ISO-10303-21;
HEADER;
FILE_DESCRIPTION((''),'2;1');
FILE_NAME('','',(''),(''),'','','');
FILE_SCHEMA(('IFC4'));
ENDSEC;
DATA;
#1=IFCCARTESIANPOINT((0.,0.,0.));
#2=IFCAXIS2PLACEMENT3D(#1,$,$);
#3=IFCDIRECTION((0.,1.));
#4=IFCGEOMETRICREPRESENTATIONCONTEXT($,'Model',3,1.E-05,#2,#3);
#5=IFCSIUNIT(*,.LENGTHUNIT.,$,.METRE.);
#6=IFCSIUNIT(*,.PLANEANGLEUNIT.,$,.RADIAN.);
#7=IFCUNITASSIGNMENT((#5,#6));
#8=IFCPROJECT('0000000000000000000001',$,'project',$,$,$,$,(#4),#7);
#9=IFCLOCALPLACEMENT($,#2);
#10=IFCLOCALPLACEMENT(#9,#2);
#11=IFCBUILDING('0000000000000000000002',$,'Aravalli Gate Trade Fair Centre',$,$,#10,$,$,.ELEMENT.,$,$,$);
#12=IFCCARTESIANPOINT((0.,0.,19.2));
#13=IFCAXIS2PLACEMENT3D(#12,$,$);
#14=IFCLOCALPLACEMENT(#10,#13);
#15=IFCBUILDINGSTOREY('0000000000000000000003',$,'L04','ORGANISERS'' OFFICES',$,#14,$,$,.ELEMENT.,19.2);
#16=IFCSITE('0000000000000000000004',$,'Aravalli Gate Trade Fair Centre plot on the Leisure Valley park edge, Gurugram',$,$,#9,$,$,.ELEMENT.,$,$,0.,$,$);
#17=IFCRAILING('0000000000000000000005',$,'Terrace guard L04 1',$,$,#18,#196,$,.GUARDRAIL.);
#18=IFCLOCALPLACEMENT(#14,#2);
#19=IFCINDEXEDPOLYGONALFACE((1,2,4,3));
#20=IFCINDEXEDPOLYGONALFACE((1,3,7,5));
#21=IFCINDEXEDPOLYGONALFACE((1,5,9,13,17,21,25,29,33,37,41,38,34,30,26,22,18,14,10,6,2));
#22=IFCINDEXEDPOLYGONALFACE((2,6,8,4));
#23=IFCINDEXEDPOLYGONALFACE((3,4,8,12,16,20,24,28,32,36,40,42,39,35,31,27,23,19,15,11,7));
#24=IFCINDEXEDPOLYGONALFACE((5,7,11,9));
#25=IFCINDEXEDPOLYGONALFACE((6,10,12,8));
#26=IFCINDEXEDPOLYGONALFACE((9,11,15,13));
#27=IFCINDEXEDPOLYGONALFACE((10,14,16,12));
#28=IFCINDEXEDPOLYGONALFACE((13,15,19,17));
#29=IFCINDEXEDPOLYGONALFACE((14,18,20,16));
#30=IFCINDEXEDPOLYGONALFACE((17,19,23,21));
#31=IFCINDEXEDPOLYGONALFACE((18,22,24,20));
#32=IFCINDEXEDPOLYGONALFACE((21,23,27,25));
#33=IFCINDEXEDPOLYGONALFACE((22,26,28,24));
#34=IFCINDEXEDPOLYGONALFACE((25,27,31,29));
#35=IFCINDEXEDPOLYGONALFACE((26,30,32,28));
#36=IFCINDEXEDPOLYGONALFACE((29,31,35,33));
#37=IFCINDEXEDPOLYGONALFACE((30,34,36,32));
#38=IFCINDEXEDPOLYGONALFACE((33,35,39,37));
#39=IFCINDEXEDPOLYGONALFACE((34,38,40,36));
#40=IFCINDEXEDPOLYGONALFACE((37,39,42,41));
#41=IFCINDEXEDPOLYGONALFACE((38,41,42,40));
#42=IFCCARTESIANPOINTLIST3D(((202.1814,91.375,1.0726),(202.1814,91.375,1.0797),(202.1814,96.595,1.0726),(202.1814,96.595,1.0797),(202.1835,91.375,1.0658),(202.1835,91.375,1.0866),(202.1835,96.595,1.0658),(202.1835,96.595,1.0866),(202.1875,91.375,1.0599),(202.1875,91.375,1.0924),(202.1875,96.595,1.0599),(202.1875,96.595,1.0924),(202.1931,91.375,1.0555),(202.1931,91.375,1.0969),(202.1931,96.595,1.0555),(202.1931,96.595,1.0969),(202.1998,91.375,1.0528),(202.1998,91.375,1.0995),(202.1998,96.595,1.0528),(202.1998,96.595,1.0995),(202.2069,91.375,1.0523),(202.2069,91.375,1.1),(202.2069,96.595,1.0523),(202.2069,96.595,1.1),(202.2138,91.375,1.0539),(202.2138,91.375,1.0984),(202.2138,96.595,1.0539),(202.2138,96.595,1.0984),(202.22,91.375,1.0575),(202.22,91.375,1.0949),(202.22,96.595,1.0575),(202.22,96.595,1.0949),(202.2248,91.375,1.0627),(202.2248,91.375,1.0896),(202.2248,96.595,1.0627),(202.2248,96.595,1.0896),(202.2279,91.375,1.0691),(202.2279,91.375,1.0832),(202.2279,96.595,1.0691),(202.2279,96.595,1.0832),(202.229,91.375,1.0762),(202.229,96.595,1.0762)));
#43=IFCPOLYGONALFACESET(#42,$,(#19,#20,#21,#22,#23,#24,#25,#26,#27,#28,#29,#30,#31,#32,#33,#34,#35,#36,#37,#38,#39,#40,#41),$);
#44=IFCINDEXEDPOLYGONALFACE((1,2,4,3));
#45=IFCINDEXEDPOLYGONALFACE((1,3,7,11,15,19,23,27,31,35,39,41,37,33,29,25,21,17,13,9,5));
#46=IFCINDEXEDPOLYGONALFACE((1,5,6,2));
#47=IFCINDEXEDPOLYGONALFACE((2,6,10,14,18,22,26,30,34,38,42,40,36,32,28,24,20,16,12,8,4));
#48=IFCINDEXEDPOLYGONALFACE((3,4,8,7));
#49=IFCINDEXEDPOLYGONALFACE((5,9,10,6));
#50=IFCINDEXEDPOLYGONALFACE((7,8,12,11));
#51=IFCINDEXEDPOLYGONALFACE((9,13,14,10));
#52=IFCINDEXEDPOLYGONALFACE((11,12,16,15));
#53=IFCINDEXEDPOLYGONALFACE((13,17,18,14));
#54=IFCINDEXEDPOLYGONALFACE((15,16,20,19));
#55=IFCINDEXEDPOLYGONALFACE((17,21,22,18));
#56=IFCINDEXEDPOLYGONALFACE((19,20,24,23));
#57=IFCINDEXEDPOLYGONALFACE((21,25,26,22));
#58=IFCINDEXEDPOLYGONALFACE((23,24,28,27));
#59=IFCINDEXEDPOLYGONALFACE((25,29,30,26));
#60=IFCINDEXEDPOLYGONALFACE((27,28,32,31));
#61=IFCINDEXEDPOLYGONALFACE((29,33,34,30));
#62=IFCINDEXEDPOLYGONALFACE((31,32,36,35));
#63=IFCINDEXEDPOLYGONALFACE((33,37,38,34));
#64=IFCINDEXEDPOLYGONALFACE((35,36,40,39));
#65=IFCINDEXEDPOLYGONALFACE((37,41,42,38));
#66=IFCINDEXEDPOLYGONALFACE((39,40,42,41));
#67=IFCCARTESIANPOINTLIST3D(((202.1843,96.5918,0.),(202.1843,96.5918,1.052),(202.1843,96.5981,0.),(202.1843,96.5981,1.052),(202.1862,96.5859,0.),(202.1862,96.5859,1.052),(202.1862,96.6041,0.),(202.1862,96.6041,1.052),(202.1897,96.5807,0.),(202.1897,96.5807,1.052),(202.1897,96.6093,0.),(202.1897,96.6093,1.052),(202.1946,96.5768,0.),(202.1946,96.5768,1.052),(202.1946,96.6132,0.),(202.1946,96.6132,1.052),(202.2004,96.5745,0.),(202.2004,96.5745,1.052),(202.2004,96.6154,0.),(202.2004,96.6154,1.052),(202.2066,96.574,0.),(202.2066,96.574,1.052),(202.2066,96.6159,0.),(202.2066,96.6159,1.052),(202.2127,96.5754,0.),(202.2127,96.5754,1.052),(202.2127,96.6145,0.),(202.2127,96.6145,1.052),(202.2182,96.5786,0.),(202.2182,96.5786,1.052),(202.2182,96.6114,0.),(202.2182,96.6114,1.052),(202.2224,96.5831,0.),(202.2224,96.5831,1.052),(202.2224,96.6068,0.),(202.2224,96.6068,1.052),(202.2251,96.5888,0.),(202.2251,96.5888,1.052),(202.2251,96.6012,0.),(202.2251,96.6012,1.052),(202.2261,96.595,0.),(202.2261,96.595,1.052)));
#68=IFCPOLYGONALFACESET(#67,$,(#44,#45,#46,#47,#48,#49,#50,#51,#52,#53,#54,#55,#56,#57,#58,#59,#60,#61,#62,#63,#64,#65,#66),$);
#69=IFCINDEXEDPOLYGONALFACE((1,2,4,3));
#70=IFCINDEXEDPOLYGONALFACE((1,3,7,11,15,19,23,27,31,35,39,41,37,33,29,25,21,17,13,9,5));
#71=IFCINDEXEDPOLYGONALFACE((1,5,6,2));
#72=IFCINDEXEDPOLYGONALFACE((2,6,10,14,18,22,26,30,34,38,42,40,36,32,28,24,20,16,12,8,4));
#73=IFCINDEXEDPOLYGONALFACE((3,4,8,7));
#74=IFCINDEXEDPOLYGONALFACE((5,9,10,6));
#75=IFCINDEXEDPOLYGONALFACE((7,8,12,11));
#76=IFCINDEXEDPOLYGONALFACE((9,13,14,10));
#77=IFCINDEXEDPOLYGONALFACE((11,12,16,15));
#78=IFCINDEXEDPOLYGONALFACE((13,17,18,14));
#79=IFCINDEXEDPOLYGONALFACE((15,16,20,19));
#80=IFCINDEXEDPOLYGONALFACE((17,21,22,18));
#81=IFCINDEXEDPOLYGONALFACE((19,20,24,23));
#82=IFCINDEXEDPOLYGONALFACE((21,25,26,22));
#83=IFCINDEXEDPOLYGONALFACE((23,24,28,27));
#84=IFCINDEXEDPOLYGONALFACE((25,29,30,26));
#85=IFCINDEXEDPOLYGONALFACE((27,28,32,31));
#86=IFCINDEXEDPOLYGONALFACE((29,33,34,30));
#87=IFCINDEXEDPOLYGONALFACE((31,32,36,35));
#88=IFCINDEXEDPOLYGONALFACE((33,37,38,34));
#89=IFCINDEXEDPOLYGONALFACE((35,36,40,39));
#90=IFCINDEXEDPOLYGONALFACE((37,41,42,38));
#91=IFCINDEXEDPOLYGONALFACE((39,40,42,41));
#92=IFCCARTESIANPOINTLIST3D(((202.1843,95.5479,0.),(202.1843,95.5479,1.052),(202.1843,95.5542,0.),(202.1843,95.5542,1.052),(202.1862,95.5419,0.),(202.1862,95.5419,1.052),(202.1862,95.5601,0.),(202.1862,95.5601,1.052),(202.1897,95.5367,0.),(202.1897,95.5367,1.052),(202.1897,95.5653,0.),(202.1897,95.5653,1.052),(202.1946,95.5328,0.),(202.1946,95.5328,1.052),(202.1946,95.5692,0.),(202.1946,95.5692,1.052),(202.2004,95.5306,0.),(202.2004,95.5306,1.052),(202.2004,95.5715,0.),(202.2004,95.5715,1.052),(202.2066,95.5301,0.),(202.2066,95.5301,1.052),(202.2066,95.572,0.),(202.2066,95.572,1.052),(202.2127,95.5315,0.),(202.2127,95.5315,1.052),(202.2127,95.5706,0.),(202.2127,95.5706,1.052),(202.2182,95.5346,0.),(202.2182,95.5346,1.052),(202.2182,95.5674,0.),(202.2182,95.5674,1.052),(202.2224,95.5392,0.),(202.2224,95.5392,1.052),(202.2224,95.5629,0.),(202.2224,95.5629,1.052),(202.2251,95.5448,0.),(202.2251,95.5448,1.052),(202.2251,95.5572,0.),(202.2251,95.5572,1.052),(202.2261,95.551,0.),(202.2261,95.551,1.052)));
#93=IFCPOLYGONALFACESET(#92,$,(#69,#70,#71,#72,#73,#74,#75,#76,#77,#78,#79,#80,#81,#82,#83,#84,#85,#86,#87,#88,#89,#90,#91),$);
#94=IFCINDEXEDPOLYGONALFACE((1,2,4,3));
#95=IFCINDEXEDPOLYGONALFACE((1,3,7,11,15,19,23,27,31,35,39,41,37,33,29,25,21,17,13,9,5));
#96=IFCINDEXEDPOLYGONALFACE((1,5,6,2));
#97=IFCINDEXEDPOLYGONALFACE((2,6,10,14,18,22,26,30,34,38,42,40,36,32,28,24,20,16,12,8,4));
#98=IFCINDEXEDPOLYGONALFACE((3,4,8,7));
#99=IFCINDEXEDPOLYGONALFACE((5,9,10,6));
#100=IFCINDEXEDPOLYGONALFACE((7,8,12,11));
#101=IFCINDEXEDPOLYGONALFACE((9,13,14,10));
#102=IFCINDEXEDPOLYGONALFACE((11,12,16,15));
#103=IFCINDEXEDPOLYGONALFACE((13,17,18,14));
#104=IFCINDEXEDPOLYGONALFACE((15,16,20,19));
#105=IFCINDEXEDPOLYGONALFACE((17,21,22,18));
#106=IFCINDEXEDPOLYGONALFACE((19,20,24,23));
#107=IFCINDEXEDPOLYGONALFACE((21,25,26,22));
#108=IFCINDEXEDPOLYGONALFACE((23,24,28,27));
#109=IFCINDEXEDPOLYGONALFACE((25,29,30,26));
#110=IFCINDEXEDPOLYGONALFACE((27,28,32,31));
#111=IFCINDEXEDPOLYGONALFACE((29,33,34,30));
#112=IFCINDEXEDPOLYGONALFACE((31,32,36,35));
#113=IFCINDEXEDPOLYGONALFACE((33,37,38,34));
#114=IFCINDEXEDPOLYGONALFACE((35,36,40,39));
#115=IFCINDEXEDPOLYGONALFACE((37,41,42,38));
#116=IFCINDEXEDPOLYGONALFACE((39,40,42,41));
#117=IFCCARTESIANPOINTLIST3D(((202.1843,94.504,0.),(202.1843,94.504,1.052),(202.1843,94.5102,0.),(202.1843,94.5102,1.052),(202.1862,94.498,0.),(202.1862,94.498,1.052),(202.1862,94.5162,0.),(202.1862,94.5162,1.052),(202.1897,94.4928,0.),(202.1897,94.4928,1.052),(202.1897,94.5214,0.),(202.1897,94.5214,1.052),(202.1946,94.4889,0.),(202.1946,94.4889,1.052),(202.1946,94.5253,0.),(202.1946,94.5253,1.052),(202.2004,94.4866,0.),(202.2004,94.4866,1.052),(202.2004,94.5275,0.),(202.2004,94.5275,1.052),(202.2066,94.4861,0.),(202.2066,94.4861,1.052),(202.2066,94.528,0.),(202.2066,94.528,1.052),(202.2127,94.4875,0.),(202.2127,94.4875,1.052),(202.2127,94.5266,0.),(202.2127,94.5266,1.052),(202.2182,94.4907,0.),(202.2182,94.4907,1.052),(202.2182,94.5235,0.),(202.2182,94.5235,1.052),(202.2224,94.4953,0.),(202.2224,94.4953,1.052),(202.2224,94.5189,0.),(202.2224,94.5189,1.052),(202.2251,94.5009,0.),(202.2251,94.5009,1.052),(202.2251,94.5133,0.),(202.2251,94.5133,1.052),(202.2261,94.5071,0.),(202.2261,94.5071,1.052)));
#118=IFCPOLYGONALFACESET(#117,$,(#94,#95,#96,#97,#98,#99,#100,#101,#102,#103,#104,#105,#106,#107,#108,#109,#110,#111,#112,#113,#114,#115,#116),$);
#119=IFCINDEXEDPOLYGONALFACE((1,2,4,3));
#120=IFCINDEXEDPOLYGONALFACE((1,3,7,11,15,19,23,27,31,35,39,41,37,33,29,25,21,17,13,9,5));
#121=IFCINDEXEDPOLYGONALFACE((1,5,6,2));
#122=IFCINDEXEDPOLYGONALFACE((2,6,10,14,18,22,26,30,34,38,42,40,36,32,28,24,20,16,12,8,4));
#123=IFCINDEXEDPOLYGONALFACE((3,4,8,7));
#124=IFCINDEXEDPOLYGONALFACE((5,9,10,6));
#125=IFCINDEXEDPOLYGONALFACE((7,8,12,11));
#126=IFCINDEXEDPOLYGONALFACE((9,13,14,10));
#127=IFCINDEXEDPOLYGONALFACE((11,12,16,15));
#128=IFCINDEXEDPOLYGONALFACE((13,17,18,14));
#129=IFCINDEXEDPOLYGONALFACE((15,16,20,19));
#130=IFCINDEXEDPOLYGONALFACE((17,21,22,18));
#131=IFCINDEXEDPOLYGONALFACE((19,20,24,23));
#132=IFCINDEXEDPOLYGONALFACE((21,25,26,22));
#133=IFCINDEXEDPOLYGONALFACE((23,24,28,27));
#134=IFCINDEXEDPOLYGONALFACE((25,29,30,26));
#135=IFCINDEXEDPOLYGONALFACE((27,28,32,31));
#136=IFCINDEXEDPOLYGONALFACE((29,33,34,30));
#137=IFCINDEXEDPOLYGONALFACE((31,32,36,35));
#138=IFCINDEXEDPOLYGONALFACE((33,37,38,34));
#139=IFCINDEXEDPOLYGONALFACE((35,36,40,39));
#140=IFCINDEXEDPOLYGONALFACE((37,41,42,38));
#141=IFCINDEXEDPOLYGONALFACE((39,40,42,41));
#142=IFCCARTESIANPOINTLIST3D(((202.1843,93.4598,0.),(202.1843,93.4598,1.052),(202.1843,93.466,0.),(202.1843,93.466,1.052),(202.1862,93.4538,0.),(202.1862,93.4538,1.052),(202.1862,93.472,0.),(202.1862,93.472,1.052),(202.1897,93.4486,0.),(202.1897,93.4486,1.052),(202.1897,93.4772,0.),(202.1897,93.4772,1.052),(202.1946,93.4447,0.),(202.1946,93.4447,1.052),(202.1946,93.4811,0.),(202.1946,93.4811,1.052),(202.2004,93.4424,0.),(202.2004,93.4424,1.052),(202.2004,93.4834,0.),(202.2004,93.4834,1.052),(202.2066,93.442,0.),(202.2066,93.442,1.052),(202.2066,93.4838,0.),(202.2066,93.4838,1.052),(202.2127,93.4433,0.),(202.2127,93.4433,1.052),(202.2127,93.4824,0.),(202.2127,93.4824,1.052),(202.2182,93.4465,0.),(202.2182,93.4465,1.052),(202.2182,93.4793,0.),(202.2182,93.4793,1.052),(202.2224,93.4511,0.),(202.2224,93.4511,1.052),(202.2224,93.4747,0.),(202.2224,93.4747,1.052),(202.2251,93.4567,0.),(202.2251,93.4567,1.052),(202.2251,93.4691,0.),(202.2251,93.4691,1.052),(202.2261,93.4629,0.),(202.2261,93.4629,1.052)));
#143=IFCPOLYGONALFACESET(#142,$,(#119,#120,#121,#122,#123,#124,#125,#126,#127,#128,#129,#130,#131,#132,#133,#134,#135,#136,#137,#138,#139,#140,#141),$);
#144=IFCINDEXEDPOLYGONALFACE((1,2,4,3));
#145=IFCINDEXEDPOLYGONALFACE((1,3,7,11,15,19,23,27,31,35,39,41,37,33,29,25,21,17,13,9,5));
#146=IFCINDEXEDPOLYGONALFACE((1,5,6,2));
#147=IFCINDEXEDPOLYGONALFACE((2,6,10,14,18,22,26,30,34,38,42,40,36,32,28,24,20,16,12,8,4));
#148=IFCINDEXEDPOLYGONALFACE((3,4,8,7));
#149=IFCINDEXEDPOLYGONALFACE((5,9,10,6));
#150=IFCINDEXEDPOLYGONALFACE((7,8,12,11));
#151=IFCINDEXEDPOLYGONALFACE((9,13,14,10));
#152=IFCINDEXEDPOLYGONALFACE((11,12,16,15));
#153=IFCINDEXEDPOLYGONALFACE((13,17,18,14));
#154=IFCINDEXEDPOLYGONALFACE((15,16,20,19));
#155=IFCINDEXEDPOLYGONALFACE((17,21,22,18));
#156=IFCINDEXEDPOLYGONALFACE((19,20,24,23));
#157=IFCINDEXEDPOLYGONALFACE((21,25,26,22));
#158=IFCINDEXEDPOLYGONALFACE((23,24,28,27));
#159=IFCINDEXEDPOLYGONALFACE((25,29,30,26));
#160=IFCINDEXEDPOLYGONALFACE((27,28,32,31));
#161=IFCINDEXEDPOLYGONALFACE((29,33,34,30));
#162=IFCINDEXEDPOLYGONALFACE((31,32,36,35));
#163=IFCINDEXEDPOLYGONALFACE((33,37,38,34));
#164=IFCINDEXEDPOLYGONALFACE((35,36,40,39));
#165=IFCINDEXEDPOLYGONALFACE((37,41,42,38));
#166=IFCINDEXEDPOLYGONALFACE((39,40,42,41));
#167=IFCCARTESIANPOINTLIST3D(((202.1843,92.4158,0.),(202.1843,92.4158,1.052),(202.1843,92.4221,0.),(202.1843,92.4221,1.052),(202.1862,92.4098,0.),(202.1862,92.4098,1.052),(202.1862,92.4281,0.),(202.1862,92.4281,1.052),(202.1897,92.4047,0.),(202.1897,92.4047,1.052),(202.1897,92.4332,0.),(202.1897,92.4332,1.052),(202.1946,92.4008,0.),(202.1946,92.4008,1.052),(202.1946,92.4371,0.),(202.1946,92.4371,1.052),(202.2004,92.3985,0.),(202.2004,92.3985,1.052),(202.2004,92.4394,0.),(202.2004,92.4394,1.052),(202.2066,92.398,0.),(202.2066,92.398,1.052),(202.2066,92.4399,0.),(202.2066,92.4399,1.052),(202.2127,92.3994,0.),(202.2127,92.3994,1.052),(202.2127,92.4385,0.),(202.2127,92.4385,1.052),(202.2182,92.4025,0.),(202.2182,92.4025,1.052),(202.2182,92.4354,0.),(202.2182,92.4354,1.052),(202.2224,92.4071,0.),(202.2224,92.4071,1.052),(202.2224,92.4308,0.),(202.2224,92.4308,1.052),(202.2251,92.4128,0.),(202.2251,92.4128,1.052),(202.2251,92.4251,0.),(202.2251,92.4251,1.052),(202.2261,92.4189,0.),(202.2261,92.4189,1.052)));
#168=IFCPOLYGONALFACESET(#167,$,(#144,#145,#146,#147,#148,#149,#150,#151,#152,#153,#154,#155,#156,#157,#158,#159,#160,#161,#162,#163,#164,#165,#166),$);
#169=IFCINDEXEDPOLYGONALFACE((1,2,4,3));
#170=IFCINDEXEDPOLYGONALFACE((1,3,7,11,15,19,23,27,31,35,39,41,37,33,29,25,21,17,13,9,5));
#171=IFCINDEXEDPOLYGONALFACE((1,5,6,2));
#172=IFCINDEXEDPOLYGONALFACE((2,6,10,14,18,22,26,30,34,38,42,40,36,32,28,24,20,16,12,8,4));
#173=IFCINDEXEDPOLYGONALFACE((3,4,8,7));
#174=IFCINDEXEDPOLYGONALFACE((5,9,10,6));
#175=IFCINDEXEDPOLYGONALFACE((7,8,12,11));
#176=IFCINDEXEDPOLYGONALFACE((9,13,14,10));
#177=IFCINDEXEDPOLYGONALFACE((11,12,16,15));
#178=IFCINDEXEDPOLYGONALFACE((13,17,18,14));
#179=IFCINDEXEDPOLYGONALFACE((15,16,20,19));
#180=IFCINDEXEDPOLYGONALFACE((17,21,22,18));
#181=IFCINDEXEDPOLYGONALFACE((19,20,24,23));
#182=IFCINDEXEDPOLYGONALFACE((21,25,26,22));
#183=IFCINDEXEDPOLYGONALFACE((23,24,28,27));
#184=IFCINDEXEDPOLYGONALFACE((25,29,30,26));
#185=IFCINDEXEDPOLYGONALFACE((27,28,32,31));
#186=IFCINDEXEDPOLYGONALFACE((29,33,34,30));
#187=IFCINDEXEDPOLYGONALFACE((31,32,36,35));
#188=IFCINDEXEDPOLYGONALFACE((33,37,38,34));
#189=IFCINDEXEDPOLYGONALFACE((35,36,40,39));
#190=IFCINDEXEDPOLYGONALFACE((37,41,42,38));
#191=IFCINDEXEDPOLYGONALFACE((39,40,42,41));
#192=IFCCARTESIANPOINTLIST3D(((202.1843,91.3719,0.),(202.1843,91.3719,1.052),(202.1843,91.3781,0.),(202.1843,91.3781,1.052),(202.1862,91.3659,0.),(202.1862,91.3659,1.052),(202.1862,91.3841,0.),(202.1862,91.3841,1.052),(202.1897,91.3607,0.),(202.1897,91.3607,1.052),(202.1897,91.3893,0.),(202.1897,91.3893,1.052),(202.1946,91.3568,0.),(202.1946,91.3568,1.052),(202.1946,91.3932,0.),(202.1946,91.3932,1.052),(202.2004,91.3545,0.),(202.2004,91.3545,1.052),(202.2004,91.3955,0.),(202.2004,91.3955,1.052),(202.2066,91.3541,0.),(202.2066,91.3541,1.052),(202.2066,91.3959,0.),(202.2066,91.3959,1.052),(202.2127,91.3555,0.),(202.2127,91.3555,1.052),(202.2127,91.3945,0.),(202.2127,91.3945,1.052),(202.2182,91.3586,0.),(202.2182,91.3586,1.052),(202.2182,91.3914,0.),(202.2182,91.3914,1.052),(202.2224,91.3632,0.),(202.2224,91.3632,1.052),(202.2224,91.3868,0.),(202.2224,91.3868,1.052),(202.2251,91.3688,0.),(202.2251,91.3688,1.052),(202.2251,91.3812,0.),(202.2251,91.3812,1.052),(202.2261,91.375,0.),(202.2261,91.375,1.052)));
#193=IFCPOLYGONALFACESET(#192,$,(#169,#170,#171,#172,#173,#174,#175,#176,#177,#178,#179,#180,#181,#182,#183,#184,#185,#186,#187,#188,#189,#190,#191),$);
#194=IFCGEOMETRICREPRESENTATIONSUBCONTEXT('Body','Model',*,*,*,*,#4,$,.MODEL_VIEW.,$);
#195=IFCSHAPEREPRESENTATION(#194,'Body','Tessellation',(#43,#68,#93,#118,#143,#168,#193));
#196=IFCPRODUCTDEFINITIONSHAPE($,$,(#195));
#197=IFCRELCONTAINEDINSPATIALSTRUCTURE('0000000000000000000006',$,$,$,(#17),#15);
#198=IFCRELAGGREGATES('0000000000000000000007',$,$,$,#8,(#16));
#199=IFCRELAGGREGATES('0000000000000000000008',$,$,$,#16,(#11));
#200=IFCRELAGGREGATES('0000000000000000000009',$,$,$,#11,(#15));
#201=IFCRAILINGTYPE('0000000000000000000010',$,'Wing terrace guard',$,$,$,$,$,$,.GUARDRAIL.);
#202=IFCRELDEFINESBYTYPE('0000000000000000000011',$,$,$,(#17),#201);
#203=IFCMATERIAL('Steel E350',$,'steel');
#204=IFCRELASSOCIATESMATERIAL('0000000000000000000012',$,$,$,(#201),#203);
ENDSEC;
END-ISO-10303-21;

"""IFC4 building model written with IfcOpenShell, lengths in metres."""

from ifc_helpers import new_model, si_unit, direction, frame, origin, origin_2d, place, context, subcontext, project, spatial, circle, extrude, material, type_object, element, save


model = new_model("IFC4")

# Units and contexts
model_context = context("Model", 3, precision=1e-05, world=origin(), true_north=direction((0.0, 1.0)))
body_context = subcontext(model_context, "Body", "Model", "MODEL_VIEW")
ifc_project = project(units=[si_unit("LENGTHUNIT", "METRE"), si_unit("PLANEANGLEUNIT", "RADIAN")], contexts=[model_context])

# Site, building, storey
site_placement = place(None, origin())
site = spatial("IfcSite", under=ifc_project, at=site_placement, Name="Aravalli Gate Trade Fair Centre plot on the Leisure Valley park edge, Gurugram", CompositionType="ELEMENT", RefElevation=0.0)
building_placement = place(site_placement, origin())
building = spatial("IfcBuilding", under=site, at=building_placement, Name="Aravalli Gate Trade Fair Centre", CompositionType="ELEMENT")
storey_placement = place(building_placement, frame((0.0, 0.0, 19.2)))
storey = spatial("IfcBuildingStorey", under=building, at=storey_placement, Name="L04", Description="ORGANISERS' OFFICES", CompositionType="ELEMENT", Elevation=19.2)

# Railing
ifc_material_1 = material(Name="Steel E350", Category="steel")
railing_type = type_object("IfcRailingType", Name="Wing terrace guard", PredefinedType="GUARDRAIL", material=ifc_material_1)
railing_1_placement = place(storey_placement, frame((202.2051, 96.595, 0.0)))
element("IfcRailing", 1, at=railing_1_placement, inside=storey, type_object=railing_type, Name="Terrace guard L04 1", PredefinedType="GUARDRAIL", context=body_context, shape_type="SweptSolid", body=[
    extrude(circle(Radius=0.0239, at=origin_2d()), frame((0.0, 0.0, 1.0762), z_axis=(0.0, -1.0, 0.0), x_axis=(1.0, 0.0, 0.0)), (0.0, 0.0, 1.0), 5.22),
    extrude(circle(Radius=0.021, at=origin_2d()), origin(), (0.0, 0.0, 1.0), 1.052),
    extrude(circle(Radius=0.021, at=origin_2d()), frame((0.0, -1.0439, 0.0)), (0.0, 0.0, 1.0), 1.052),
    extrude(circle(Radius=0.021, at=origin_2d()), frame((0.0, -2.0879, 0.0)), (0.0, 0.0, 1.0), 1.052),
    extrude(circle(Radius=0.021, at=origin_2d()), frame((0.0, -3.1321, 0.0)), (0.0, 0.0, 1.0), 1.052),
    extrude(circle(Radius=0.021, at=origin_2d()), frame((0.0, -4.176, 0.0)), (0.0, 0.0, 1.0), 1.052),
    extrude(circle(Radius=0.021, at=origin_2d()), frame((0.0, -5.22, 0.0)), (0.0, 0.0, 1.0), 1.052),
])

save(model, "model.ifc")
